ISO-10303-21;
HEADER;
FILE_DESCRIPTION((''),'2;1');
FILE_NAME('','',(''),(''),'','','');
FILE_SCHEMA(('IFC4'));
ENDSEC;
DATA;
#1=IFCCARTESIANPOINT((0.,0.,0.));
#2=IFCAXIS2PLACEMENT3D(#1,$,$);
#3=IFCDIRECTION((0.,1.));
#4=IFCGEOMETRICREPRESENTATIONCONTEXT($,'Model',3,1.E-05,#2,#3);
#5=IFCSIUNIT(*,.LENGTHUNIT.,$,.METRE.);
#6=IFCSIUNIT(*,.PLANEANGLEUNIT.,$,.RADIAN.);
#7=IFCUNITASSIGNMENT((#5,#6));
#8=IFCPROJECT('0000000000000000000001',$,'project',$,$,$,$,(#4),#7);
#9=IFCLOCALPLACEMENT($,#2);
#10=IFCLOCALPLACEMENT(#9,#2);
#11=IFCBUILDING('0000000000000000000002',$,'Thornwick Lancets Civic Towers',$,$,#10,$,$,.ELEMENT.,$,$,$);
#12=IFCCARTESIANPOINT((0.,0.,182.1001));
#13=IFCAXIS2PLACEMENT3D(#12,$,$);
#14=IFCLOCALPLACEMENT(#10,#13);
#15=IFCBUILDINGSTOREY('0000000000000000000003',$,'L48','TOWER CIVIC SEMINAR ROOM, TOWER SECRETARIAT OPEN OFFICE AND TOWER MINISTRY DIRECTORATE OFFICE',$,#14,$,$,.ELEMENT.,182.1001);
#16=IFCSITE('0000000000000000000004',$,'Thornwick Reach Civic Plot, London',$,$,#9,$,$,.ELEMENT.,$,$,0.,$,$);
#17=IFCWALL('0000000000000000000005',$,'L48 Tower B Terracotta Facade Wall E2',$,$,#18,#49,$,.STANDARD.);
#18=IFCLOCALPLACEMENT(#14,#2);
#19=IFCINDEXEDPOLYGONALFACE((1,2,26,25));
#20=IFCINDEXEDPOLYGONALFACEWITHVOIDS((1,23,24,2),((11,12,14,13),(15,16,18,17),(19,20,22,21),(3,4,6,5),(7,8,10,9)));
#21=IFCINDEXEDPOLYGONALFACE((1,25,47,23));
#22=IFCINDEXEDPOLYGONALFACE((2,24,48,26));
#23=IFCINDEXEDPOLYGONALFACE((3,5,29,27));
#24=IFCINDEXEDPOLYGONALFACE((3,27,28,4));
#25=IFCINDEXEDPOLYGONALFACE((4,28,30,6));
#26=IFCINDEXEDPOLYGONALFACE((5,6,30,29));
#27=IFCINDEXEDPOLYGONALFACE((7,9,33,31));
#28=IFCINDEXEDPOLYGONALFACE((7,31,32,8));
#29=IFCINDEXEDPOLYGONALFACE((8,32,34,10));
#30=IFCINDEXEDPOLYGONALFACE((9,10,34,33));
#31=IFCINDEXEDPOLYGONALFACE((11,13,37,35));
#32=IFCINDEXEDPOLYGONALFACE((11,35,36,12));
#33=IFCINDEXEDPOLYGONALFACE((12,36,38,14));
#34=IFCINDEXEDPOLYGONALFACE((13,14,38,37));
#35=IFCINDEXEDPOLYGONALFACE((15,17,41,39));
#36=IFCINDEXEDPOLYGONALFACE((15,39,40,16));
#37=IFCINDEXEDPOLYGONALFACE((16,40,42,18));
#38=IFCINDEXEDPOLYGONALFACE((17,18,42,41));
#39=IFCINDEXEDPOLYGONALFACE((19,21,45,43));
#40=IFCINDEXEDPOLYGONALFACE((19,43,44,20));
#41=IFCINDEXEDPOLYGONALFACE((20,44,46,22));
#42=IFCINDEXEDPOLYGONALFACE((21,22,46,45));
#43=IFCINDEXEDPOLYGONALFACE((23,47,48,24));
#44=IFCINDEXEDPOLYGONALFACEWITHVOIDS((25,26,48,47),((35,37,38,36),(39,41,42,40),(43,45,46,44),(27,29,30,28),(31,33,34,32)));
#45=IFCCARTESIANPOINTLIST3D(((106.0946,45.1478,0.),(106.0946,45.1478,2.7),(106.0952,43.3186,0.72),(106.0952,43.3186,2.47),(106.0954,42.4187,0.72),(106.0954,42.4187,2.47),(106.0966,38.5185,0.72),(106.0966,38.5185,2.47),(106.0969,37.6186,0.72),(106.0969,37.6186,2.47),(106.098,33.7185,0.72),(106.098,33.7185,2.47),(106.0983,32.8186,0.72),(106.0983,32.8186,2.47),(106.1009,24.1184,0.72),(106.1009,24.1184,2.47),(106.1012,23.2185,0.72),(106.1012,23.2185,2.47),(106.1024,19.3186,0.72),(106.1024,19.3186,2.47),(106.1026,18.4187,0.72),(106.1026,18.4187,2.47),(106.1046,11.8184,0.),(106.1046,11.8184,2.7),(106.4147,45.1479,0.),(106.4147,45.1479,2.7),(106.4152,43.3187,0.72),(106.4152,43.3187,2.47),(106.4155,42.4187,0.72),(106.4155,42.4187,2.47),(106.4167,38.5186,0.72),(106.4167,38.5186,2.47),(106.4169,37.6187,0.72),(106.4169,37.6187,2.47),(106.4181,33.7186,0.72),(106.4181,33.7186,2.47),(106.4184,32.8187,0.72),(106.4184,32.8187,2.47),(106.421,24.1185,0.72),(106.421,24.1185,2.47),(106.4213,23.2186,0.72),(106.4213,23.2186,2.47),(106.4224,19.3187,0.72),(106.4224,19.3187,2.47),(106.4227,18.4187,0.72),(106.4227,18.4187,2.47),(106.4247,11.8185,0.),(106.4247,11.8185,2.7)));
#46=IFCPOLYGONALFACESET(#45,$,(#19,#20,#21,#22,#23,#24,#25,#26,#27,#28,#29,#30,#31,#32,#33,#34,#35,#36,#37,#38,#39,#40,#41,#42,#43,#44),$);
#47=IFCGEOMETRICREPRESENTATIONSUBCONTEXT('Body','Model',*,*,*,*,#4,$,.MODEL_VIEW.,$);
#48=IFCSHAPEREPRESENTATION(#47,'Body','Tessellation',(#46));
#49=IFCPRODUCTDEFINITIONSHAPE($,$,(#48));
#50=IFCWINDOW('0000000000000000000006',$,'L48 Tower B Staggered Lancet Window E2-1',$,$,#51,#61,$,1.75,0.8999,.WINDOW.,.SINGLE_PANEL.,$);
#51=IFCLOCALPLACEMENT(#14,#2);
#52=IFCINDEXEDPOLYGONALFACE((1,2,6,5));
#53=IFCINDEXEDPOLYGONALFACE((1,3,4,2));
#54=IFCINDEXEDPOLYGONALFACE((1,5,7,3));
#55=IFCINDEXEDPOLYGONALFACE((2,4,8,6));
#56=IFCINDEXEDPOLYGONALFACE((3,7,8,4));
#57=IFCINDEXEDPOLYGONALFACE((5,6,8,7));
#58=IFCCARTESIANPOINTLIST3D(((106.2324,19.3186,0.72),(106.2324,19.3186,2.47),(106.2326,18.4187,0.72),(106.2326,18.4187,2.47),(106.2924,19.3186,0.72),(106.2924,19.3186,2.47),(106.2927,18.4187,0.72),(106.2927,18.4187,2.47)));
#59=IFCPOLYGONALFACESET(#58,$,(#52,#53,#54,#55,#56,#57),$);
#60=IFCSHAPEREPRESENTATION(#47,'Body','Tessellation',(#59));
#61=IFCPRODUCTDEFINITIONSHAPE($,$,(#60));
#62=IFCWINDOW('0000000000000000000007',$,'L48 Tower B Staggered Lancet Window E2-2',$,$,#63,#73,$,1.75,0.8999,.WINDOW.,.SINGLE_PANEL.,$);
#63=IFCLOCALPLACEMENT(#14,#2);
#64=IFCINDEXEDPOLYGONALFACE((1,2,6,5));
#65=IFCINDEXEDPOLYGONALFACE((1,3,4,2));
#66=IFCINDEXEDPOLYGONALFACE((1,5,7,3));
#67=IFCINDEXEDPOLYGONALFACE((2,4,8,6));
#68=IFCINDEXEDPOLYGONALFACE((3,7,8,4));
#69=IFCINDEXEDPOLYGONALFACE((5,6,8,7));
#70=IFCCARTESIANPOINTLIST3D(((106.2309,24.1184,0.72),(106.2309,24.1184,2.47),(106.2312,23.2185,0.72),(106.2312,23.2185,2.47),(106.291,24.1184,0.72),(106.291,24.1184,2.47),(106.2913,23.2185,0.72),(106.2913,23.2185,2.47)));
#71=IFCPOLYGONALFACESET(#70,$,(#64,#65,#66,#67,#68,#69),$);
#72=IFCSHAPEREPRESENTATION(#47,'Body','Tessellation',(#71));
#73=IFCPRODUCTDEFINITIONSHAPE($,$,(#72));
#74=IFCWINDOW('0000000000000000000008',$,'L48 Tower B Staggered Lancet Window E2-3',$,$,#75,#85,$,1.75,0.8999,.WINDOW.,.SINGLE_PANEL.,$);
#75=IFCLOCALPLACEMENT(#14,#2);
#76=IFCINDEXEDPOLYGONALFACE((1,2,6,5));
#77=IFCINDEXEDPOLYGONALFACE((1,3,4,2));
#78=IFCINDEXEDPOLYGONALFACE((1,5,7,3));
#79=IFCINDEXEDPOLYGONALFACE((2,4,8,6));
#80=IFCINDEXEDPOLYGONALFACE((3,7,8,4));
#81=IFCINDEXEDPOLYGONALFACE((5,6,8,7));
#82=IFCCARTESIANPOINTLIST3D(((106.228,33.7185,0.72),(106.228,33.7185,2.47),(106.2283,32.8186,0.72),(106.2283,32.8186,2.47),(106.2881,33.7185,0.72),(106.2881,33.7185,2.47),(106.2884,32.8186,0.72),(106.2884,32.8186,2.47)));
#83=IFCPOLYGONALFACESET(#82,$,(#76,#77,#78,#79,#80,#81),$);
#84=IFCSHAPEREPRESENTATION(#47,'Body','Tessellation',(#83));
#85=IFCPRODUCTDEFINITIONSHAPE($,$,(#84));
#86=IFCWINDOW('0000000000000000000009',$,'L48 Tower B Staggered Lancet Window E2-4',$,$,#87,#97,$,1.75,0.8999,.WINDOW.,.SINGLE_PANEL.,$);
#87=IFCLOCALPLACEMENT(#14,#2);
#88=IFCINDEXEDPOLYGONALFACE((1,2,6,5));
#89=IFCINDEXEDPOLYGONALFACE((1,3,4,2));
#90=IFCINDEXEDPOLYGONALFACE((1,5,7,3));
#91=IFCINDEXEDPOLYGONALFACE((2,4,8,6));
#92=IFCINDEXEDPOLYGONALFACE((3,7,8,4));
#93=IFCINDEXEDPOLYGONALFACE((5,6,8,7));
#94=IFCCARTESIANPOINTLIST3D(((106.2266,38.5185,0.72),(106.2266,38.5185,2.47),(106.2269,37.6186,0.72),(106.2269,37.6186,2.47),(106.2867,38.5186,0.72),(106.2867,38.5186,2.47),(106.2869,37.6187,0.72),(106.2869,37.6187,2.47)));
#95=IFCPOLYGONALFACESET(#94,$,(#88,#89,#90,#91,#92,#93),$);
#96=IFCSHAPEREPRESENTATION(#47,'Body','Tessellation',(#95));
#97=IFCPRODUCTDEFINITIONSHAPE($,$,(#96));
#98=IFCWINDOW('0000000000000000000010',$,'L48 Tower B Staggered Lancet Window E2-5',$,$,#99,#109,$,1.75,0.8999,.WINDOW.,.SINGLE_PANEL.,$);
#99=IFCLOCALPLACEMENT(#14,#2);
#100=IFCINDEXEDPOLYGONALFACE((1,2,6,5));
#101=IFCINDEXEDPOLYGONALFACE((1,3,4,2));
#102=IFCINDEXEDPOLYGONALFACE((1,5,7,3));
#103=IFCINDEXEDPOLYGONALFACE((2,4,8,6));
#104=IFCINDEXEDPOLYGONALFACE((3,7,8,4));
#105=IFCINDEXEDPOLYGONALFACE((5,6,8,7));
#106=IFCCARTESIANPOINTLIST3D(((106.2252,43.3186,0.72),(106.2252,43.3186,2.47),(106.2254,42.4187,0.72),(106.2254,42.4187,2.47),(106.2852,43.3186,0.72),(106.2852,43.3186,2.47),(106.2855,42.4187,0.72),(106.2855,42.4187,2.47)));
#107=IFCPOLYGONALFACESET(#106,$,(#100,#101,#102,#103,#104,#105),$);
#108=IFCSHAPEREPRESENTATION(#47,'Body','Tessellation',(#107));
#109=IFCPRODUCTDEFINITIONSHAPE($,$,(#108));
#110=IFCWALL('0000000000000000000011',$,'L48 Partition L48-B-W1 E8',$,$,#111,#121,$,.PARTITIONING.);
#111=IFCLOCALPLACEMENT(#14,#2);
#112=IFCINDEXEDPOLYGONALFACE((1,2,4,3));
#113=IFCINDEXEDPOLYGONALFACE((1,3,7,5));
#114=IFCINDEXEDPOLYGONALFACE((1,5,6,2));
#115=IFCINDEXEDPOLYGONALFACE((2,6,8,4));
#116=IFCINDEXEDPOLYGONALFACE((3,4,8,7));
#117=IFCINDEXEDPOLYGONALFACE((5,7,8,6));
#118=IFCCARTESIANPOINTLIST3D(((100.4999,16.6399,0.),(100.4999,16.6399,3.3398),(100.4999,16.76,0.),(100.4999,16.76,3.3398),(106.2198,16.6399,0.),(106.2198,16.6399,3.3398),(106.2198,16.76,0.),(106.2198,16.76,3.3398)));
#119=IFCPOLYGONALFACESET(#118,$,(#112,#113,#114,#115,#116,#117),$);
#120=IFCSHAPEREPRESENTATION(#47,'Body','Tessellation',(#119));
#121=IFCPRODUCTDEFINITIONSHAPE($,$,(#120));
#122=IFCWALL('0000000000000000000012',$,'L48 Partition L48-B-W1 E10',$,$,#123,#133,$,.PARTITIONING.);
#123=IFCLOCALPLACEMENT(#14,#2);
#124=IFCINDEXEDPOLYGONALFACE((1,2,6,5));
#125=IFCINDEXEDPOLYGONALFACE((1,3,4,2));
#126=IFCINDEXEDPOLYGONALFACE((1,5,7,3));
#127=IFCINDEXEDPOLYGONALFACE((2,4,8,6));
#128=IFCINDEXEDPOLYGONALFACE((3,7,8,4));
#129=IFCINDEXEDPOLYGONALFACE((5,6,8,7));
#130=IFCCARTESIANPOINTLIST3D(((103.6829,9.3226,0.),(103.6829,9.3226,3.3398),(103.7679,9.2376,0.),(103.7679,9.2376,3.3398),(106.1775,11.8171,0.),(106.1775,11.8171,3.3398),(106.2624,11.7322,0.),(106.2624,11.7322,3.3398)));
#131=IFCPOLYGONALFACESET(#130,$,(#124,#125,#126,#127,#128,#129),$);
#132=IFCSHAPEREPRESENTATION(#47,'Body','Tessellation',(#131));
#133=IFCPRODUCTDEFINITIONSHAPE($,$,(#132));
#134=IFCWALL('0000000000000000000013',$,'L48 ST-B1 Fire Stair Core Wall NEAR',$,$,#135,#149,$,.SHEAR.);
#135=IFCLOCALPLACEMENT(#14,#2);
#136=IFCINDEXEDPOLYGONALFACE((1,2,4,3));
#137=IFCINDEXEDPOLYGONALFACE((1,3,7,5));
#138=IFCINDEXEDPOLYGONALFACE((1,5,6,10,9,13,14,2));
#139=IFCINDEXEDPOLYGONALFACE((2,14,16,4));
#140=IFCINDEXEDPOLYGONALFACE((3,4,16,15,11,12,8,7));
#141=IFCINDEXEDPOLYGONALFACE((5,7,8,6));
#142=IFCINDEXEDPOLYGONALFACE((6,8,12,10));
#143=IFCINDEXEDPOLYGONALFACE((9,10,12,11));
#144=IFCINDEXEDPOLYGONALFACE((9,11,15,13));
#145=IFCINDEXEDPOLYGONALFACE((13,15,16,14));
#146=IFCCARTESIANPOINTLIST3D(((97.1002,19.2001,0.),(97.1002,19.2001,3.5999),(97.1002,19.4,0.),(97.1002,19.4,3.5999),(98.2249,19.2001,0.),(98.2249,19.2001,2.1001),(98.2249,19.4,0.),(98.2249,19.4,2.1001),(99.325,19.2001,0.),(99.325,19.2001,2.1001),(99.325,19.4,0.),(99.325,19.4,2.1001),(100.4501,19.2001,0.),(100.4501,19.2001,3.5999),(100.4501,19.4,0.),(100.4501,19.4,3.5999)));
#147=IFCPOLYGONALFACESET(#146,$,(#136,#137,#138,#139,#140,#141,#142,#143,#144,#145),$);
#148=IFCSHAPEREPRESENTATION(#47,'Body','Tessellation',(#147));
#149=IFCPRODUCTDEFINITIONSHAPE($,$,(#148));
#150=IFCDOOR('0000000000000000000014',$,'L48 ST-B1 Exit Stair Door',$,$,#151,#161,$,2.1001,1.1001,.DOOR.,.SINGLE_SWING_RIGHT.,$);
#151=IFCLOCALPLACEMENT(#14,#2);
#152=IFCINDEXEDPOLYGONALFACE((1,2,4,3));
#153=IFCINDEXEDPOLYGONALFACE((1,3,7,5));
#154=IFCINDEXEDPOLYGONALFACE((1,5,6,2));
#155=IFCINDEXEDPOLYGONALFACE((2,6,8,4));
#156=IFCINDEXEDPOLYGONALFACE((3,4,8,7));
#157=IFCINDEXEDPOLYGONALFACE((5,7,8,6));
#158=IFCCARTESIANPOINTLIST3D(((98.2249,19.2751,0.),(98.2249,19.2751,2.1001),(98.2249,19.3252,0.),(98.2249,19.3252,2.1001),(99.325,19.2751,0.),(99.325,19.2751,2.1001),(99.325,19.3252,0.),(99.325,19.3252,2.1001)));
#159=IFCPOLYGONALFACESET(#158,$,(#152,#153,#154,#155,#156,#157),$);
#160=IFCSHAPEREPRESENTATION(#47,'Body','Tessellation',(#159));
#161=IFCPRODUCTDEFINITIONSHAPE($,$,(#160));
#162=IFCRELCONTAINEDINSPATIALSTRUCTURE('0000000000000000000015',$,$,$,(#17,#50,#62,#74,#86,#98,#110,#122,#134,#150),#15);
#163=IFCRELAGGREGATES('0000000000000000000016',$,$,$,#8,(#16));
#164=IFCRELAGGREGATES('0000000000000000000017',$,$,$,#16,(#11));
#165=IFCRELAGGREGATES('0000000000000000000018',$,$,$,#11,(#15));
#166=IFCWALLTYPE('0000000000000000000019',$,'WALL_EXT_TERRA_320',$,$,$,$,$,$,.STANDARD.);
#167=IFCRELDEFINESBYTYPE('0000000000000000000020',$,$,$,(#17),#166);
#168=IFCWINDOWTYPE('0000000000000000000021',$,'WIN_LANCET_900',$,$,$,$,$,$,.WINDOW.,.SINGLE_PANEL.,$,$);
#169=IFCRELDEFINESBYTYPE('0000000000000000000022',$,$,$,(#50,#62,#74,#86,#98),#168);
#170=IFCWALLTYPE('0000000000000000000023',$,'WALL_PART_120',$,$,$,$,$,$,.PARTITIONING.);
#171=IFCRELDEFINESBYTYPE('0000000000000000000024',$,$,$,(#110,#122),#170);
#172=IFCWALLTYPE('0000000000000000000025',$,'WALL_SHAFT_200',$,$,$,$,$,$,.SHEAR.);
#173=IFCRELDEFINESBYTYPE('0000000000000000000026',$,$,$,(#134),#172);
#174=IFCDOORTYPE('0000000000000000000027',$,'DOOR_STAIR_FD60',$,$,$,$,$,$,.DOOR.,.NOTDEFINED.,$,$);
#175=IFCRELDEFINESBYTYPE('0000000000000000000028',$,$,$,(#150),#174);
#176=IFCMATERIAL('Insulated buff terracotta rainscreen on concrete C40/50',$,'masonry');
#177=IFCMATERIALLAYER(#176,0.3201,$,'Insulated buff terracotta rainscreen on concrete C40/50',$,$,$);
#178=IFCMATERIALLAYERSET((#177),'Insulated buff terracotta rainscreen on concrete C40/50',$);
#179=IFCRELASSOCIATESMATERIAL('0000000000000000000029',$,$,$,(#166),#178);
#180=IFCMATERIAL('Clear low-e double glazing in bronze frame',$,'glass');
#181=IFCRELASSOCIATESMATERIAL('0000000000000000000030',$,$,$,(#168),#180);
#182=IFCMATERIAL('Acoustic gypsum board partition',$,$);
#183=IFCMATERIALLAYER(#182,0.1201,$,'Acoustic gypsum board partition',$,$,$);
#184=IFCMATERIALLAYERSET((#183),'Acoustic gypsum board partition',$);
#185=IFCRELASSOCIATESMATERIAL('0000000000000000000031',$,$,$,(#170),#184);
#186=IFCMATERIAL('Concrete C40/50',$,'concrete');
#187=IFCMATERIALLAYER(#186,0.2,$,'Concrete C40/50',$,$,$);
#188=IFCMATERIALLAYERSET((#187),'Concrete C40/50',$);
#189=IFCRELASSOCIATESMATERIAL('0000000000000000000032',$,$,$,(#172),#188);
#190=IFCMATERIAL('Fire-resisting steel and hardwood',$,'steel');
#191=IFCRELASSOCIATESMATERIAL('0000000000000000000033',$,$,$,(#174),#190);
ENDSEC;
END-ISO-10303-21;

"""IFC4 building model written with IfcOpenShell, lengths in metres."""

from ifc_helpers import new_model, si_unit, direction, frame, frame_2d, origin, place, context, subcontext, project, spatial, rectangle, extrude, material, layer, layer_set, type_object, element, fill, save


model = new_model("IFC4")

# Units and contexts
model_context = context("Model", 3, precision=1e-05, world=origin(), true_north=direction((0.0, 1.0)))
body_context = subcontext(model_context, "Body", "Model", "MODEL_VIEW")
ifc_project = project(units=[si_unit("LENGTHUNIT", "METRE"), si_unit("PLANEANGLEUNIT", "RADIAN")], contexts=[model_context])

# Site, building, storey
site_placement = place(None, origin())
site = spatial("IfcSite", under=ifc_project, at=site_placement, Name="Thornwick Reach Civic Plot, London", CompositionType="ELEMENT", RefElevation=0.0)
building_placement = place(site_placement, origin())
building = spatial("IfcBuilding", under=site, at=building_placement, Name="Thornwick Lancets Civic Towers", CompositionType="ELEMENT")
storey_placement = place(building_placement, frame((0.0, 0.0, 182.1001)))
storey = spatial("IfcBuildingStorey", under=building, at=storey_placement, Name="L48", Description="TOWER CIVIC SEMINAR ROOM, TOWER SECRETARIAT OPEN OFFICE AND TOWER MINISTRY DIRECTORATE OFFICE", CompositionType="ELEMENT", Elevation=182.1001)

# Shared definitions
ifc_material_1 = material(Name="Concrete C40/50", Category="concrete")

# Wall, openings, windows
ifc_material_2 = material(Name="Insulated buff terracotta rainscreen on concrete C40/50", Category="masonry")
ifc_layer_1 = layer(ifc_material_2, 0.3201, Name="Insulated buff terracotta rainscreen on concrete C40/50")
ifc_layer_set_1 = layer_set([ifc_layer_1], Name="Insulated buff terracotta rainscreen on concrete C40/50")
wall_type_1 = type_object("IfcWallType", Name="WALL_EXT_TERRA_320", PredefinedType="STANDARD", material=ifc_layer_set_1)
wall_1_placement = place(storey_placement, frame((106.2646, 11.8186, 0.0), z_axis=(0.0, 0.0, 1.0), x_axis=(-0.0003, 1.0, 0.0)))
wall_1 = element("IfcWall", 1, at=wall_1_placement, inside=storey, type_object=wall_type_1, Name="L48 Tower B Terracotta Facade Wall E2", PredefinedType="STANDARD", context=body_context, shape_type="SweptSolid", body=[
    extrude(rectangle(XDim=33.3293, YDim=0.3201, at=frame_2d((16.6646, 0.0))), origin(), (0.0, 0.0, 1.0), 2.7),
])
opening_1_placement = place(wall_1_placement, frame((6.6001, 0.0, 0.72)))
opening_1 = element("IfcOpeningElement", 2, at=opening_1_placement, cuts=wall_1, PredefinedType="OPENING", context=body_context, shape_type="SweptSolid", body=[
    extrude(rectangle(XDim=0.8999, YDim=1.75, at=frame_2d((0.45, 0.875))), frame((0.0, 0.1699, 0.0), z_axis=(0.0, -1.0, 0.0), x_axis=(1.0, 0.0, 0.0)), (0.0, 0.0, 1.0), 0.3401),
])
opening_2_placement = place(wall_1_placement, frame((11.3999, 0.0, 0.72)))
opening_2 = element("IfcOpeningElement", 3, at=opening_2_placement, cuts=wall_1, PredefinedType="OPENING", context=body_context, shape_type="SweptSolid", body=[
    extrude(rectangle(XDim=0.8999, YDim=1.75, at=frame_2d((0.45, 0.875))), frame((0.0, 0.1699, 0.0), z_axis=(0.0, -1.0, 0.0), x_axis=(1.0, 0.0, 0.0)), (0.0, 0.0, 1.0), 0.3401),
])
opening_3_placement = place(wall_1_placement, frame((21.0, 0.0, 0.72)))
opening_3 = element("IfcOpeningElement", 4, at=opening_3_placement, cuts=wall_1, PredefinedType="OPENING", context=body_context, shape_type="SweptSolid", body=[
    extrude(rectangle(XDim=0.8999, YDim=1.75, at=frame_2d((0.45, 0.875))), frame((0.0, 0.1699, 0.0), z_axis=(0.0, -1.0, 0.0), x_axis=(1.0, 0.0, 0.0)), (0.0, 0.0, 1.0), 0.3401),
])
opening_4_placement = place(wall_1_placement, frame((25.8, 0.0, 0.72)))
opening_4 = element("IfcOpeningElement", 5, at=opening_4_placement, cuts=wall_1, PredefinedType="OPENING", context=body_context, shape_type="SweptSolid", body=[
    extrude(rectangle(XDim=0.8999, YDim=1.75, at=frame_2d((0.45, 0.875))), frame((0.0, 0.1699, 0.0), z_axis=(0.0, -1.0, 0.0), x_axis=(1.0, 0.0, 0.0)), (0.0, 0.0, 1.0), 0.3401),
])
opening_5_placement = place(wall_1_placement, frame((30.6001, 0.0, 0.72)))
opening_5 = element("IfcOpeningElement", 6, at=opening_5_placement, cuts=wall_1, PredefinedType="OPENING", context=body_context, shape_type="SweptSolid", body=[
    extrude(rectangle(XDim=0.8999, YDim=1.75, at=frame_2d((0.45, 0.875))), frame((0.0, 0.1699, 0.0), z_axis=(0.0, -1.0, 0.0), x_axis=(1.0, 0.0, 0.0)), (0.0, 0.0, 1.0), 0.3401),
])
ifc_material_3 = material(Name="Clear low-e double glazing in bronze frame", Category="glass")
window_type = type_object("IfcWindowType", Name="WIN_LANCET_900", PartitioningType="SINGLE_PANEL", PredefinedType="WINDOW", material=ifc_material_3)
window_1_placement = place(opening_1_placement, origin())
window_1 = element("IfcWindow", 7, at=window_1_placement, inside=storey, type_object=window_type, Name="L48 Tower B Staggered Lancet Window E2-1", OverallHeight=1.75, OverallWidth=0.8999, PartitioningType="SINGLE_PANEL", PredefinedType="WINDOW", context=body_context, shape_type="SweptSolid", body=[
    extrude(rectangle(XDim=0.8999, YDim=1.75, at=frame_2d((0.45, 0.875))), frame((0.0, 0.03, 0.0), z_axis=(0.0, -1.0, 0.0), x_axis=(1.0, 0.0, 0.0)), (0.0, 0.0, 1.0), 0.0601),
])
fill(opening_1, window_1)
window_2_placement = place(opening_2_placement, origin())
window_2 = element("IfcWindow", 8, at=window_2_placement, inside=storey, type_object=window_type, Name="L48 Tower B Staggered Lancet Window E2-2", OverallHeight=1.75, OverallWidth=0.8999, PartitioningType="SINGLE_PANEL", PredefinedType="WINDOW", context=body_context, shape_type="SweptSolid", body=[
    extrude(rectangle(XDim=0.8999, YDim=1.75, at=frame_2d((0.45, 0.875))), frame((0.0, 0.03, 0.0), z_axis=(0.0, -1.0, 0.0), x_axis=(1.0, 0.0, 0.0)), (0.0, 0.0, 1.0), 0.0601),
])
fill(opening_2, window_2)
window_3_placement = place(opening_3_placement, origin())
window_3 = element("IfcWindow", 9, at=window_3_placement, inside=storey, type_object=window_type, Name="L48 Tower B Staggered Lancet Window E2-3", OverallHeight=1.75, OverallWidth=0.8999, PartitioningType="SINGLE_PANEL", PredefinedType="WINDOW", context=body_context, shape_type="SweptSolid", body=[
    extrude(rectangle(XDim=0.8999, YDim=1.75, at=frame_2d((0.45, 0.875))), frame((0.0, 0.03, 0.0), z_axis=(0.0, -1.0, 0.0), x_axis=(1.0, 0.0, 0.0)), (0.0, 0.0, 1.0), 0.0601),
])
fill(opening_3, window_3)
window_4_placement = place(opening_4_placement, origin())
window_4 = element("IfcWindow", 10, at=window_4_placement, inside=storey, type_object=window_type, Name="L48 Tower B Staggered Lancet Window E2-4", OverallHeight=1.75, OverallWidth=0.8999, PartitioningType="SINGLE_PANEL", PredefinedType="WINDOW", context=body_context, shape_type="SweptSolid", body=[
    extrude(rectangle(XDim=0.8999, YDim=1.75, at=frame_2d((0.45, 0.875))), frame((0.0, 0.03, 0.0), z_axis=(0.0, -1.0, 0.0), x_axis=(1.0, 0.0, 0.0)), (0.0, 0.0, 1.0), 0.0601),
])
fill(opening_4, window_4)
window_5_placement = place(opening_5_placement, origin())
window_5 = element("IfcWindow", 11, at=window_5_placement, inside=storey, type_object=window_type, Name="L48 Tower B Staggered Lancet Window E2-5", OverallHeight=1.75, OverallWidth=0.8999, PartitioningType="SINGLE_PANEL", PredefinedType="WINDOW", context=body_context, shape_type="SweptSolid", body=[
    extrude(rectangle(XDim=0.8999, YDim=1.75, at=frame_2d((0.45, 0.875))), frame((0.0, 0.03, 0.0), z_axis=(0.0, -1.0, 0.0), x_axis=(1.0, 0.0, 0.0)), (0.0, 0.0, 1.0), 0.0601),
])
fill(opening_5, window_5)

# Walls
ifc_material_4 = material(Name="Acoustic gypsum board partition")
ifc_layer_2 = layer(ifc_material_4, 0.1201, Name="Acoustic gypsum board partition")
ifc_layer_set_2 = layer_set([ifc_layer_2], Name="Acoustic gypsum board partition")
wall_type_2 = type_object("IfcWallType", Name="WALL_PART_120", PredefinedType="PARTITIONING", material=ifc_layer_set_2)
wall_2_placement = place(storey_placement, frame((100.5, 16.7, 0.0), z_axis=(0.0, 0.0, 1.0), x_axis=(1.0, 0.0, 0.0)))
element("IfcWall", 12, at=wall_2_placement, inside=storey, type_object=wall_type_2, Name="L48 Partition L48-B-W1 E8", PredefinedType="PARTITIONING", context=body_context, shape_type="SweptSolid", body=[
    extrude(rectangle(XDim=5.72, YDim=0.1201, at=frame_2d((2.8599, 0.0))), origin(), (0.0, 0.0, 1.0), 3.3398),
])
wall_3_placement = place(storey_placement, frame((106.22, 11.7747, 0.0), z_axis=(0.0, 0.0, 1.0), x_axis=(-0.707107, -0.707107, 0.0)))
element("IfcWall", 13, at=wall_3_placement, inside=storey, type_object=wall_type_2, Name="L48 Partition L48-B-W1 E10", PredefinedType="PARTITIONING", context=body_context, shape_type="SweptSolid", body=[
    extrude(rectangle(XDim=3.5278, YDim=0.1201, at=frame_2d((1.7639, 0.0))), origin(), (0.0, 0.0, 1.0), 3.3398),
])

# Wall, opening, door
ifc_layer_3 = layer(ifc_material_1, 0.2, Name="Concrete C40/50")
ifc_layer_set_3 = layer_set([ifc_layer_3], Name="Concrete C40/50")
wall_type_3 = type_object("IfcWallType", Name="WALL_SHAFT_200", PredefinedType="SHEAR", material=ifc_layer_set_3)
wall_4_placement = place(storey_placement, frame((100.45, 19.3, 0.0), z_axis=(0.0, 0.0, 1.0), x_axis=(-1.0, 0.0, 0.0)))
wall_4 = element("IfcWall", 14, at=wall_4_placement, inside=storey, type_object=wall_type_3, Name="L48 ST-B1 Fire Stair Core Wall NEAR", PredefinedType="SHEAR", context=body_context, shape_type="SweptSolid", body=[
    extrude(rectangle(XDim=3.3499, YDim=0.2, at=frame_2d((1.6748, 0.0))), origin(), (0.0, 0.0, 1.0), 3.5999),
])
opening_6_placement = place(wall_4_placement, frame((1.125, 0.0, 0.0)))
opening_6 = element("IfcOpeningElement", 15, at=opening_6_placement, cuts=wall_4, PredefinedType="OPENING", context=body_context, shape_type="SweptSolid", body=[
    extrude(rectangle(XDim=1.1001, YDim=2.1001, at=frame_2d((0.55, 1.05))), frame((0.0, 0.1099, 0.0), z_axis=(0.0, -1.0, 0.0), x_axis=(1.0, 0.0, 0.0)), (0.0, 0.0, 1.0), 0.22),
])
ifc_material_5 = material(Name="Fire-resisting steel and hardwood", Category="steel")
door_type = type_object("IfcDoorType", Name="DOOR_STAIR_FD60", OperationType="NOTDEFINED", PredefinedType="DOOR", material=ifc_material_5)
door_placement = place(opening_6_placement, origin())
door = element("IfcDoor", 16, at=door_placement, inside=storey, type_object=door_type, Name="L48 ST-B1 Exit Stair Door", OperationType="SINGLE_SWING_RIGHT", OverallHeight=2.1001, OverallWidth=1.1001, PredefinedType="DOOR", context=body_context, shape_type="SweptSolid", body=[
    extrude(rectangle(XDim=1.1001, YDim=2.1001, at=frame_2d((0.55, 1.05))), frame((0.0, 0.0249, 0.0), z_axis=(0.0, -1.0, 0.0), x_axis=(1.0, 0.0, 0.0)), (0.0, 0.0, 1.0), 0.05),
])
fill(opening_6, door)

save(model, "model.ifc")
